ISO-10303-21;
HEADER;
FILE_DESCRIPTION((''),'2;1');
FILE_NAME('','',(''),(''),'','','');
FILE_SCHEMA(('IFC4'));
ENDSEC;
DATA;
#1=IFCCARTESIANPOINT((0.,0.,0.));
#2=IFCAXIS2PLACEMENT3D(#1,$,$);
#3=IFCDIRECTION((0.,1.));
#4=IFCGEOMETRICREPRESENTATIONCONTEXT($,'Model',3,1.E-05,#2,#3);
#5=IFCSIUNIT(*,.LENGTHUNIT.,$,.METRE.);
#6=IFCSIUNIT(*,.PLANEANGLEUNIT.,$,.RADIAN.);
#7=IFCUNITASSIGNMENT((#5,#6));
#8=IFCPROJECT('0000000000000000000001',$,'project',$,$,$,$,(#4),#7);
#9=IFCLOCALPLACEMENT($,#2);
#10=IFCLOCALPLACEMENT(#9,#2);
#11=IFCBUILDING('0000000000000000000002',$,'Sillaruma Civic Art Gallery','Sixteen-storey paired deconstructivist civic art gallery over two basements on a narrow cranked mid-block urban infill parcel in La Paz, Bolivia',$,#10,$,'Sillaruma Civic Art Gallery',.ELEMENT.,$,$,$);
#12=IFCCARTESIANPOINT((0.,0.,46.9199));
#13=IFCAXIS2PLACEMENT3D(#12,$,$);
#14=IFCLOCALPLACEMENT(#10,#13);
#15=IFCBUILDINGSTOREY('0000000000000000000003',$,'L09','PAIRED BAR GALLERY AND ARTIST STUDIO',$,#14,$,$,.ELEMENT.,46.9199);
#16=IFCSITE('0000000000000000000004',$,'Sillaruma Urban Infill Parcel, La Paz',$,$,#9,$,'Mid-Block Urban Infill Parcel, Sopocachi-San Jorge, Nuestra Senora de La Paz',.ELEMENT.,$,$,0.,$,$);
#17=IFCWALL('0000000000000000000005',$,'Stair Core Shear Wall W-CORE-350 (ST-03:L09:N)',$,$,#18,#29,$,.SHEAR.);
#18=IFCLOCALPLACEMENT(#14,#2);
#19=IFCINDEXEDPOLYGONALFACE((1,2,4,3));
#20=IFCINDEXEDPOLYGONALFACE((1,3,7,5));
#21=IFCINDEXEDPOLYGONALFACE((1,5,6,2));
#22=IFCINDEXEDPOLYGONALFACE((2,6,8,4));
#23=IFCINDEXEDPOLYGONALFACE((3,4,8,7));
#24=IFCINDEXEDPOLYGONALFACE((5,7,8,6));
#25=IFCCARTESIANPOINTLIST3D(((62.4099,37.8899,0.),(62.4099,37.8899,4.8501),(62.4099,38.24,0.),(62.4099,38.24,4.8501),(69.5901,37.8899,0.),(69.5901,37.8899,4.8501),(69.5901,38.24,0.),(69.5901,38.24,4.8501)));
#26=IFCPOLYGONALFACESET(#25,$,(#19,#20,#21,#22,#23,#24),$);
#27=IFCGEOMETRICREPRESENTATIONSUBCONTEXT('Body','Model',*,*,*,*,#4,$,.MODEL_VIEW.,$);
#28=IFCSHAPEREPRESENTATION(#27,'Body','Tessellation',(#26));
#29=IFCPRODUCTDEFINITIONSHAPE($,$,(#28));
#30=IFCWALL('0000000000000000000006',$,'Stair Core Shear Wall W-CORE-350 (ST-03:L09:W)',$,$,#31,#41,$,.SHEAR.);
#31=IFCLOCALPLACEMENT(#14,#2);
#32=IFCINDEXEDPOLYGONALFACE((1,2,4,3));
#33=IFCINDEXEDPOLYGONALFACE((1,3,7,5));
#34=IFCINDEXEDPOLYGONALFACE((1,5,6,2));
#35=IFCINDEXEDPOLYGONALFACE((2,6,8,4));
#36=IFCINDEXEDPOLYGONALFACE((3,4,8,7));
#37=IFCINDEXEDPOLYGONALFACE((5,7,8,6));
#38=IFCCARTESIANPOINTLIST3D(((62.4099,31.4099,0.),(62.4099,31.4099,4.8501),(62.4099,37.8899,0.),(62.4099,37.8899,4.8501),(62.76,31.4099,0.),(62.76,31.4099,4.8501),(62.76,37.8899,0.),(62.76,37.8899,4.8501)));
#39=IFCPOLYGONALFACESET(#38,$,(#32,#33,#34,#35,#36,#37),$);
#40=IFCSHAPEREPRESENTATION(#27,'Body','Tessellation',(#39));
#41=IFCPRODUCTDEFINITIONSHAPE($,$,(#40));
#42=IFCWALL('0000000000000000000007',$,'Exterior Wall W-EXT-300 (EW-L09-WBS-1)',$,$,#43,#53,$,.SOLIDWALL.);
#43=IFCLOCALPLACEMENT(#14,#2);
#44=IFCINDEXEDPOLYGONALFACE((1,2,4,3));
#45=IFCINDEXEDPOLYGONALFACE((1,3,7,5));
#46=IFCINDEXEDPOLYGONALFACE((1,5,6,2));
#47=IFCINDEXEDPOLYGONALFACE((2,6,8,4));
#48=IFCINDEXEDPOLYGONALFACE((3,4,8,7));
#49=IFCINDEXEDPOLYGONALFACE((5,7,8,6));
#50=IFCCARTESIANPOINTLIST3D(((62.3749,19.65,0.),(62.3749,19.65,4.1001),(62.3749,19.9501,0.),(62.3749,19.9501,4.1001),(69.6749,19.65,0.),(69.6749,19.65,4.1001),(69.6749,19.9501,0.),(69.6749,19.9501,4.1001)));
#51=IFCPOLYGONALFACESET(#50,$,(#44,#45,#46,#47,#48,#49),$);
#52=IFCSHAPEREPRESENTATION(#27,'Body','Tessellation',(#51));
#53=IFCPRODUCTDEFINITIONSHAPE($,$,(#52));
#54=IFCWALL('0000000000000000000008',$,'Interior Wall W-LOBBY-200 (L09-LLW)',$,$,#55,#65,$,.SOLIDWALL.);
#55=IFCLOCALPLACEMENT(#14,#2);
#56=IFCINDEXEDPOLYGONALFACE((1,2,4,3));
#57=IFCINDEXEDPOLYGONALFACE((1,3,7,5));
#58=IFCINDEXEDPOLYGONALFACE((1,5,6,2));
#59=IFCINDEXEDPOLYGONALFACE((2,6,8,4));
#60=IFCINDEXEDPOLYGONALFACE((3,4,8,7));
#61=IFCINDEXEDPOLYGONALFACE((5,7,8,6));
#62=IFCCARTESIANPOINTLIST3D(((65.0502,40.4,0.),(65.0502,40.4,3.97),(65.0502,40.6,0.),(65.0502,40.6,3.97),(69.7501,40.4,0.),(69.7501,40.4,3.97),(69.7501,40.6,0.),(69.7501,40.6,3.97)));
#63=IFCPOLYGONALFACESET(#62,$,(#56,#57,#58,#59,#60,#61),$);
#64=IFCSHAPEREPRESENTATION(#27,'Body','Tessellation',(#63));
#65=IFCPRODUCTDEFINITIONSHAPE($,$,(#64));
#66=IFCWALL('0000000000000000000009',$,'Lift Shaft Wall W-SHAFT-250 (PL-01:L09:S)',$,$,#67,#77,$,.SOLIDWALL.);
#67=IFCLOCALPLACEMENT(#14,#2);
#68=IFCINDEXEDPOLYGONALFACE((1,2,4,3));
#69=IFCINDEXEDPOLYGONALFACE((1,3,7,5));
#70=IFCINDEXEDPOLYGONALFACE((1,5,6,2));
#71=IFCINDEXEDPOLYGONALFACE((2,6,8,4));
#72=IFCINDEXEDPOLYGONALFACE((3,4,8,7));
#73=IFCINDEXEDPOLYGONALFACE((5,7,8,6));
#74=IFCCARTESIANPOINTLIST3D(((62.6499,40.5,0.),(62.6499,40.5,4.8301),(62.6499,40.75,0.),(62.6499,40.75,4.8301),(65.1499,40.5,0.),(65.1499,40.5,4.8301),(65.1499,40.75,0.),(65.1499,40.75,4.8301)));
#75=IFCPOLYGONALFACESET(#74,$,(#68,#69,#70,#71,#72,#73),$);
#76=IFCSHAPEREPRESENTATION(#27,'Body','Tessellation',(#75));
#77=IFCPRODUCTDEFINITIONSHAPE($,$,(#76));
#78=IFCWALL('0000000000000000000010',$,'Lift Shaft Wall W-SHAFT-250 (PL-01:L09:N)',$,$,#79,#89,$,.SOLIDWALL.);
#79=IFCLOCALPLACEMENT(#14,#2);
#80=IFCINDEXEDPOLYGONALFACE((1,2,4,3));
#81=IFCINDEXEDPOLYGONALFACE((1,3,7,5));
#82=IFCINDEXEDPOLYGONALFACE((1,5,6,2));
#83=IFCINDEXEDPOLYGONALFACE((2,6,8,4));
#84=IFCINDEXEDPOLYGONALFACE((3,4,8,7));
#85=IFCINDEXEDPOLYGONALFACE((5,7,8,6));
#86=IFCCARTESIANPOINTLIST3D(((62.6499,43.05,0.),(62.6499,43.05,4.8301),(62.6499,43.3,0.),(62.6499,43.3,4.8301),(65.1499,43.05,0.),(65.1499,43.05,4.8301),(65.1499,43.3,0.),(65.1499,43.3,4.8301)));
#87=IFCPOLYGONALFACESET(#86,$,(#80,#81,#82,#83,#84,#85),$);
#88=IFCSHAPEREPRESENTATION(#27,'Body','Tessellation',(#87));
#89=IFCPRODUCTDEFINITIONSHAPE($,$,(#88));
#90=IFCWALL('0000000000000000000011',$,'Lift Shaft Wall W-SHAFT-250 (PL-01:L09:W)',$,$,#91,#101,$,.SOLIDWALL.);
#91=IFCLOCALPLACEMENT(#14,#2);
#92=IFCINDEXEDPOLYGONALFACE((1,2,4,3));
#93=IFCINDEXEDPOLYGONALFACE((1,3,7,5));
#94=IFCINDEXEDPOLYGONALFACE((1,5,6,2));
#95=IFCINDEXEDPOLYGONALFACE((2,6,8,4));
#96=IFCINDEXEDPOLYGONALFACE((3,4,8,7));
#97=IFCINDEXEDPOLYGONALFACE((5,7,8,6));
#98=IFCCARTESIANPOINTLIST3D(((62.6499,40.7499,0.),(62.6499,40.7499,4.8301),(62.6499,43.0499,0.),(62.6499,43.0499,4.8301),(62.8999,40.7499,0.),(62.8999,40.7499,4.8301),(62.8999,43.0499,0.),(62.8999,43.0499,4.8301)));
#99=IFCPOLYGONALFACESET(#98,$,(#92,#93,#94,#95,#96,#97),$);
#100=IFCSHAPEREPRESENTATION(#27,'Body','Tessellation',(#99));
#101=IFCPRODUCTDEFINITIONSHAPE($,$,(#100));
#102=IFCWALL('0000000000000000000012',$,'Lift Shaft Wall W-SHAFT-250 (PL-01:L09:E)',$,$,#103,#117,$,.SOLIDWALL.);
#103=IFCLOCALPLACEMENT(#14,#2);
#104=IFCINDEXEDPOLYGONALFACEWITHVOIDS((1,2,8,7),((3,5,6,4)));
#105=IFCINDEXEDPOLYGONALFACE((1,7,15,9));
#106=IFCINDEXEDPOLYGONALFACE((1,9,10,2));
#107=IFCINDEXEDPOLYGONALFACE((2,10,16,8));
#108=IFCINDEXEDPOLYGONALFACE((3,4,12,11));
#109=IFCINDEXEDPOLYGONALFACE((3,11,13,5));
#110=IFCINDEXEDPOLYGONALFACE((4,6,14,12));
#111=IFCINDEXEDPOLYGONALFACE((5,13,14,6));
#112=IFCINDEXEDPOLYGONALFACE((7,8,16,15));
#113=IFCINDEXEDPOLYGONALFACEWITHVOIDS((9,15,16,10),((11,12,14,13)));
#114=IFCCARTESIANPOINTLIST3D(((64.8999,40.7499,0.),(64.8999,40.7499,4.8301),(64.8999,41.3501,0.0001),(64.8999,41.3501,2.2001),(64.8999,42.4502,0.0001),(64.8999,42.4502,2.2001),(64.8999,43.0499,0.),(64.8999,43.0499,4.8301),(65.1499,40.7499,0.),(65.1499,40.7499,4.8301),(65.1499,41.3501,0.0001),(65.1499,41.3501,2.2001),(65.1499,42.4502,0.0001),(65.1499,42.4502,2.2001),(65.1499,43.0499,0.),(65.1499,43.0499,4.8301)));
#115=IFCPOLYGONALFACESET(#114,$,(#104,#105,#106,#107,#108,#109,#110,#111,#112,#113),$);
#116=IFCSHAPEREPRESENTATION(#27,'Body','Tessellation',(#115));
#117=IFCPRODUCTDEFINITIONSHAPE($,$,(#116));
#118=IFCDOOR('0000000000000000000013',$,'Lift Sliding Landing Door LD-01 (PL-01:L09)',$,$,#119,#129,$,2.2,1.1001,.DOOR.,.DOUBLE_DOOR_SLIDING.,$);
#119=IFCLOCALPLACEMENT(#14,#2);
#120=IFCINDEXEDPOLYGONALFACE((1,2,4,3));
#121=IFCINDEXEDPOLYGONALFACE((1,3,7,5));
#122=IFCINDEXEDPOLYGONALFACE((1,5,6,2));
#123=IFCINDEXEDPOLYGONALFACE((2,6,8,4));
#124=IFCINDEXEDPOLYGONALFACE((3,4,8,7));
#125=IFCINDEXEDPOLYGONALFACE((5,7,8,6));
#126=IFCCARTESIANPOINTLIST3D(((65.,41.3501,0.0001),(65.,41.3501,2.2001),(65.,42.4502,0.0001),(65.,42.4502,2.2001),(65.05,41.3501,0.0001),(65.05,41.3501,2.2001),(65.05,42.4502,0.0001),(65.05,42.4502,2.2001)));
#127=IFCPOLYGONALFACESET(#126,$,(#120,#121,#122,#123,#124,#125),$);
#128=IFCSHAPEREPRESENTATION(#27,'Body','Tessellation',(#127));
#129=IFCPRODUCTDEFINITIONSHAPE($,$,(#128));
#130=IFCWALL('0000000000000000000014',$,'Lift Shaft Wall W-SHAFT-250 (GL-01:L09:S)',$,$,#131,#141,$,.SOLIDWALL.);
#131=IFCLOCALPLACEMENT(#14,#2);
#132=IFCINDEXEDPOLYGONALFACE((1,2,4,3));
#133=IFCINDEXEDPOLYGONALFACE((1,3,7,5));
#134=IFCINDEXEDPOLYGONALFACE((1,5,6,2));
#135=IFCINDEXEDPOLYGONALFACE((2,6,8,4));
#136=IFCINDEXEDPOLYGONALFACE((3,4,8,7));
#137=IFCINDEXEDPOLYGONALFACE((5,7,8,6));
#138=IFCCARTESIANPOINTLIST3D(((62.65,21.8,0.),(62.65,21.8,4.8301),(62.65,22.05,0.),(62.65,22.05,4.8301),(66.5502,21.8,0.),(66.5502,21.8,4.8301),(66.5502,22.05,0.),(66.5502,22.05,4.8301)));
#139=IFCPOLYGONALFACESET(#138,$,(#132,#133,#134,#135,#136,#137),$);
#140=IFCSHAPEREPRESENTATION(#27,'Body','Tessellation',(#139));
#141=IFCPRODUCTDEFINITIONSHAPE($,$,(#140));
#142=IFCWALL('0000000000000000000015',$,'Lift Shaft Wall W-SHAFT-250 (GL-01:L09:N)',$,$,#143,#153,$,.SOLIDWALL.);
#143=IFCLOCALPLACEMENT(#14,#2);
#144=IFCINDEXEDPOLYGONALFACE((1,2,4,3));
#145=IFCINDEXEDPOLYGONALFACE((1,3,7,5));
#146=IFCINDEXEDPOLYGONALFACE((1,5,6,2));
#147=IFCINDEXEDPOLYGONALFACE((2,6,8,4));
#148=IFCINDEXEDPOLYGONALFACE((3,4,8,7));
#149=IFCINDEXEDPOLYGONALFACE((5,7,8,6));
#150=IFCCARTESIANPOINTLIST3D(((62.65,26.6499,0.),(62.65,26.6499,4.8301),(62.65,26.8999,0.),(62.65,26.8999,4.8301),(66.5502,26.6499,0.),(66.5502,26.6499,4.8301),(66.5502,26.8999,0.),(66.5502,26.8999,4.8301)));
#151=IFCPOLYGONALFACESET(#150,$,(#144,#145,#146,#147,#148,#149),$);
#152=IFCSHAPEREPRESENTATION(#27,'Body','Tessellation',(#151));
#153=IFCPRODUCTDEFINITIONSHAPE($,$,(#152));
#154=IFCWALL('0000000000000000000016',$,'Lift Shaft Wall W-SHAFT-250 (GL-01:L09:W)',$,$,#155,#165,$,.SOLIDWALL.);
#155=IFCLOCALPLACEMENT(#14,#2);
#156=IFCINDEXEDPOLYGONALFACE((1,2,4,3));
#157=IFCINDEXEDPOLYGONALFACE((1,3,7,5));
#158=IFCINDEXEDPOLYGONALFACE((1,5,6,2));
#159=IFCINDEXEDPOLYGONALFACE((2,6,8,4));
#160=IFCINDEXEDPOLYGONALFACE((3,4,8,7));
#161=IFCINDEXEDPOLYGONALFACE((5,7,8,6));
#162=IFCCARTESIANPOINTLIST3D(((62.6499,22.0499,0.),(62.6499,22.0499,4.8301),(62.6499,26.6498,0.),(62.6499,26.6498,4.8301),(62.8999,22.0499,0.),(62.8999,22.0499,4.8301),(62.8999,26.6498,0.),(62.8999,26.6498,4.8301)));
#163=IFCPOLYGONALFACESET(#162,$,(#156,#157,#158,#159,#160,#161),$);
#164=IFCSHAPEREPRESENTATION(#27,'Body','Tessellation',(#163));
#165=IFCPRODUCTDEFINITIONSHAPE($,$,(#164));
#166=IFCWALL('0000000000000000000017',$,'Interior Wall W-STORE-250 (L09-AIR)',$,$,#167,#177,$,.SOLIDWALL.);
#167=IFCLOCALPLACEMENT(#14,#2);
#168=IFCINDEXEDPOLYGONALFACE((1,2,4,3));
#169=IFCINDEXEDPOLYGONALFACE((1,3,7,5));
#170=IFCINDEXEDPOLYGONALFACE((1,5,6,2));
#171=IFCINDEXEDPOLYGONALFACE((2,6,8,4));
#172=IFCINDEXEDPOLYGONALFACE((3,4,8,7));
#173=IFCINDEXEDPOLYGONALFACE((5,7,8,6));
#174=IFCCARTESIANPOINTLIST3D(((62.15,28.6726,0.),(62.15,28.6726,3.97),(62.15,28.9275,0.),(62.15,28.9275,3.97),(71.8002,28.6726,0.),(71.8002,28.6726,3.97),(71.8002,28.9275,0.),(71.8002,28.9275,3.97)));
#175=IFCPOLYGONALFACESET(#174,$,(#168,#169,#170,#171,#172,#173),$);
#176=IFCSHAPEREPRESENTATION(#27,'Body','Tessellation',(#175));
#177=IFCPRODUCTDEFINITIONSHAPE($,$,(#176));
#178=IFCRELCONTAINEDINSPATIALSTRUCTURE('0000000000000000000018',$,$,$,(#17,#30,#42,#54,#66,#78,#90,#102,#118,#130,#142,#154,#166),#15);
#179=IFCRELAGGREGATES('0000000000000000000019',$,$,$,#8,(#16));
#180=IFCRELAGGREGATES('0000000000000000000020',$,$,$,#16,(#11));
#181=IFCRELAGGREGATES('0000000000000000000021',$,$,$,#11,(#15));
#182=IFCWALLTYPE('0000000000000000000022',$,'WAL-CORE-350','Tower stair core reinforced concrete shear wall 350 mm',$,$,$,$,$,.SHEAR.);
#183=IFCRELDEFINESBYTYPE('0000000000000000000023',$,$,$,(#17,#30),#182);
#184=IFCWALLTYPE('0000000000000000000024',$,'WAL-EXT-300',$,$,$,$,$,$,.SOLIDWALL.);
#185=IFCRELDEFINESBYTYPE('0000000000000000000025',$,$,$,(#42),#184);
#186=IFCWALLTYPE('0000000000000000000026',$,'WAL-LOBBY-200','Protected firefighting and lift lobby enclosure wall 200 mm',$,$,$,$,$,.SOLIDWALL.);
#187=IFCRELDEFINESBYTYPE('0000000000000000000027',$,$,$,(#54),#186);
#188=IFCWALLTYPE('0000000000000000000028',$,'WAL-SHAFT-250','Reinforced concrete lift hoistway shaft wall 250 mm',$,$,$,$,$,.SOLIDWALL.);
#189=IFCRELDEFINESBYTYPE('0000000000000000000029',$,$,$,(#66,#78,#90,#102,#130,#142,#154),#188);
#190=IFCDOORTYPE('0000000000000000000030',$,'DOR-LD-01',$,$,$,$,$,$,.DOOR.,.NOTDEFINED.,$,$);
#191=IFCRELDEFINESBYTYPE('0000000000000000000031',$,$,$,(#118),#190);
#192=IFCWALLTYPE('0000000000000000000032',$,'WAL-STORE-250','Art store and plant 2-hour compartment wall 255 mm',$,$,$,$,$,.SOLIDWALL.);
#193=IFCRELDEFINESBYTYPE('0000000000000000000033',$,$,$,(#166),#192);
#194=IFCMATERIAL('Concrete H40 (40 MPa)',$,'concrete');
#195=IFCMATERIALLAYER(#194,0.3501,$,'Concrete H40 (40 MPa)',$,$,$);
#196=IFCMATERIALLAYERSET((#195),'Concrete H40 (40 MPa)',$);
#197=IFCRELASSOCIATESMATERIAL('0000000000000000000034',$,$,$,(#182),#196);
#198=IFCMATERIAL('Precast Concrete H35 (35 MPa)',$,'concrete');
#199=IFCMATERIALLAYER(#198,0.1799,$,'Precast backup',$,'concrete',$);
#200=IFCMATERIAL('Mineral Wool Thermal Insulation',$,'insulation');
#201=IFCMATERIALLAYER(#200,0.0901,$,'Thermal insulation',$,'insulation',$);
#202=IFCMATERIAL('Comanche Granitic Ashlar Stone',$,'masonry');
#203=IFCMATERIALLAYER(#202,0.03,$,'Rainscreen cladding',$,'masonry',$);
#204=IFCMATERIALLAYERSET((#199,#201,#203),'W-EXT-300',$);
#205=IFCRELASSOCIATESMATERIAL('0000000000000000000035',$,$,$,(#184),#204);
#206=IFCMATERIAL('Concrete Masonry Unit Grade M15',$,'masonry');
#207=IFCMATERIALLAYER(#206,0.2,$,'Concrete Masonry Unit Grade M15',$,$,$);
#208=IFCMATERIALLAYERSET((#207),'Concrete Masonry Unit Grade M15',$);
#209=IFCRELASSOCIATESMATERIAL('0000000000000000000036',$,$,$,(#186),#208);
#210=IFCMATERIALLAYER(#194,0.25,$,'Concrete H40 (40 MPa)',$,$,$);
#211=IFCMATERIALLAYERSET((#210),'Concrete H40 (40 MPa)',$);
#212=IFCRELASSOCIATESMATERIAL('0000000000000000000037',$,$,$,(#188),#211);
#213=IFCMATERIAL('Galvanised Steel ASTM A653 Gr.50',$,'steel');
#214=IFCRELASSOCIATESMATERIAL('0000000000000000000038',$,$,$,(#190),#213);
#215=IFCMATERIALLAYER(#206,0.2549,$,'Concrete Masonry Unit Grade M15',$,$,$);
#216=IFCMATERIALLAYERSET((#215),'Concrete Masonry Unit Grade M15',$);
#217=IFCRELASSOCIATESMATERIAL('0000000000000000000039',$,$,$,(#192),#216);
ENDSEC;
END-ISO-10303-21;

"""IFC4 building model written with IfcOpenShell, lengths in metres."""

from ifc_helpers import new_model, si_unit, direction, frame, frame_2d, origin, place, context, subcontext, project, spatial, rectangle, extrude, material, layer, layer_set, type_object, element, fill, save


model = new_model("IFC4")

# Units and contexts
model_context = context("Model", 3, precision=1e-05, world=origin(), true_north=direction((0.0, 1.0)))
body_context = subcontext(model_context, "Body", "Model", "MODEL_VIEW")
ifc_project = project(units=[si_unit("LENGTHUNIT", "METRE"), si_unit("PLANEANGLEUNIT", "RADIAN")], contexts=[model_context])

# Site, building, storey
site_placement = place(None, origin())
site = spatial("IfcSite", under=ifc_project, at=site_placement, Name="Sillaruma Urban Infill Parcel, La Paz", LongName="Mid-Block Urban Infill Parcel, Sopocachi-San Jorge, Nuestra Senora de La Paz", CompositionType="ELEMENT", RefElevation=0.0)
building_placement = place(site_placement, origin())
building = spatial("IfcBuilding", under=site, at=building_placement, Name="Sillaruma Civic Art Gallery", Description="Sixteen-storey paired deconstructivist civic art gallery over two basements on a narrow cranked mid-block urban infill parcel in La Paz, Bolivia", LongName="Sillaruma Civic Art Gallery", CompositionType="ELEMENT")
storey_placement = place(building_placement, frame((0.0, 0.0, 46.9199)))
storey = spatial("IfcBuildingStorey", under=building, at=storey_placement, Name="L09", Description="PAIRED BAR GALLERY AND ARTIST STUDIO", CompositionType="ELEMENT", Elevation=46.9199)

# Shared definitions
ifc_material_1 = material(Name="Concrete H40 (40 MPa)", Category="concrete")
ifc_layer_1 = layer(ifc_material_1, 0.3501, Name="Concrete H40 (40 MPa)")
ifc_layer_set_1 = layer_set([ifc_layer_1], Name="Concrete H40 (40 MPa)")
wall_type_1 = type_object("IfcWallType", Name="WAL-CORE-350", Description="Tower stair core reinforced concrete shear wall 350 mm", PredefinedType="SHEAR", material=ifc_layer_set_1)
ifc_material_2 = material(Name="Galvanised Steel ASTM A653 Gr.50", Category="steel")

# Walls
wall_1_placement = place(storey_placement, frame((62.4099, 38.0649, 0.0), z_axis=(0.0, 0.0, 1.0), x_axis=(1.0, 0.0, 0.0)))
element("IfcWall", 1, at=wall_1_placement, inside=storey, type_object=wall_type_1, Name="Stair Core Shear Wall W-CORE-350 (ST-03:L09:N)", PredefinedType="SHEAR", context=body_context, shape_type="SweptSolid", body=[
    extrude(rectangle(XDim=7.1802, YDim=0.3501, at=frame_2d((3.5901, 0.0))), origin(), (0.0, 0.0, 1.0), 4.8501),
])
wall_2_placement = place(storey_placement, frame((62.585, 31.4099, 0.0), z_axis=(0.0, 0.0, 1.0), x_axis=(0.0, 1.0, 0.0)))
element("IfcWall", 2, at=wall_2_placement, inside=storey, type_object=wall_type_1, Name="Stair Core Shear Wall W-CORE-350 (ST-03:L09:W)", PredefinedType="SHEAR", context=body_context, shape_type="SweptSolid", body=[
    extrude(rectangle(XDim=6.48, YDim=0.3501, at=frame_2d((3.24, 0.0))), origin(), (0.0, 0.0, 1.0), 4.8501),
])
ifc_material_3 = material(Name="Precast Concrete H35 (35 MPa)", Category="concrete")
ifc_layer_2 = layer(ifc_material_3, 0.1799, Name="Precast backup", Category="concrete")
ifc_material_4 = material(Name="Mineral Wool Thermal Insulation", Category="insulation")
ifc_layer_3 = layer(ifc_material_4, 0.0901, Name="Thermal insulation", Category="insulation")
ifc_material_5 = material(Name="Comanche Granitic Ashlar Stone", Category="masonry")
ifc_layer_4 = layer(ifc_material_5, 0.03, Name="Rainscreen cladding", Category="masonry")
ifc_layer_set_2 = layer_set([ifc_layer_2, ifc_layer_3, ifc_layer_4], Name="W-EXT-300")
wall_type_2 = type_object("IfcWallType", Name="WAL-EXT-300", PredefinedType="SOLIDWALL", material=ifc_layer_set_2)
wall_3_placement = place(storey_placement, frame((62.375, 19.8, 0.0), z_axis=(0.0, 0.0, 1.0), x_axis=(1.0, 0.0, 0.0)))
element("IfcWall", 3, at=wall_3_placement, inside=storey, type_object=wall_type_2, Name="Exterior Wall W-EXT-300 (EW-L09-WBS-1)", PredefinedType="SOLIDWALL", context=body_context, shape_type="SweptSolid", body=[
    extrude(rectangle(XDim=7.3, YDim=0.3, at=frame_2d((3.6499, 0.0))), origin(), (0.0, 0.0, 1.0), 4.1001),
])
ifc_material_6 = material(Name="Concrete Masonry Unit Grade M15", Category="masonry")
ifc_layer_5 = layer(ifc_material_6, 0.2, Name="Concrete Masonry Unit Grade M15")
ifc_layer_set_3 = layer_set([ifc_layer_5], Name="Concrete Masonry Unit Grade M15")
wall_type_3 = type_object("IfcWallType", Name="WAL-LOBBY-200", Description="Protected firefighting and lift lobby enclosure wall 200 mm", PredefinedType="SOLIDWALL", material=ifc_layer_set_3)
wall_4_placement = place(storey_placement, frame((65.05, 40.5, 0.0), z_axis=(0.0, 0.0, 1.0), x_axis=(1.0, 0.0, 0.0)))
element("IfcWall", 4, at=wall_4_placement, inside=storey, type_object=wall_type_3, Name="Interior Wall W-LOBBY-200 (L09-LLW)", PredefinedType="SOLIDWALL", context=body_context, shape_type="SweptSolid", body=[
    extrude(rectangle(XDim=4.7, YDim=0.2, at=frame_2d((2.3501, 0.0))), origin(), (0.0, 0.0, 1.0), 3.97),
])
ifc_layer_6 = layer(ifc_material_1, 0.25, Name="Concrete H40 (40 MPa)")
ifc_layer_set_4 = layer_set([ifc_layer_6], Name="Concrete H40 (40 MPa)")
wall_type_4 = type_object("IfcWallType", Name="WAL-SHAFT-250", Description="Reinforced concrete lift hoistway shaft wall 250 mm", PredefinedType="SOLIDWALL", material=ifc_layer_set_4)
for number, where, z_axis, x_axis, name in (
    (5, (62.6499, 40.625, 0.0), (0.0, 0.0, 1.0), (1.0, 0.0, 0.0), "Lift Shaft Wall W-SHAFT-250 (PL-01:L09:S)"),
    (6, (62.6499, 43.175, 0.0), (0.0, 0.0, 1.0), (1.0, 0.0, 0.0), "Lift Shaft Wall W-SHAFT-250 (PL-01:L09:N)"),
):
    element("IfcWall", number, at=place(storey_placement, frame(where, z_axis=z_axis, x_axis=x_axis)), inside=storey, type_object=wall_type_4, Name=name, PredefinedType="SOLIDWALL", context=body_context, shape_type="SweptSolid", body=[
        extrude(rectangle(XDim=2.5, YDim=0.25, at=frame_2d((1.25, 0.0))), origin(), (0.0, 0.0, 1.0), 4.8301),
    ])
wall_5_placement = place(storey_placement, frame((62.7749, 40.75, 0.0), z_axis=(0.0, 0.0, 1.0), x_axis=(0.0, 1.0, 0.0)))
element("IfcWall", 7, at=wall_5_placement, inside=storey, type_object=wall_type_4, Name="Lift Shaft Wall W-SHAFT-250 (PL-01:L09:W)", PredefinedType="SOLIDWALL", context=body_context, shape_type="SweptSolid", body=[
    extrude(rectangle(XDim=2.3, YDim=0.25, at=frame_2d((1.1499, 0.0))), origin(), (0.0, 0.0, 1.0), 4.8301),
])

# Wall, opening, door
wall_6_placement = place(storey_placement, frame((65.0249, 40.75, 0.0), z_axis=(0.0, 0.0, 1.0), x_axis=(0.0, 1.0, 0.0)))
wall_6 = element("IfcWall", 8, at=wall_6_placement, inside=storey, type_object=wall_type_4, Name="Lift Shaft Wall W-SHAFT-250 (PL-01:L09:E)", PredefinedType="SOLIDWALL", context=body_context, shape_type="SweptSolid", body=[
    extrude(rectangle(XDim=2.3, YDim=0.25, at=frame_2d((1.1499, 0.0))), origin(), (0.0, 0.0, 1.0), 4.8301),
])
opening_1_placement = place(wall_6_placement, frame((0.6001, 0.0, 0.0)))
opening_1 = element("IfcOpeningElement", 9, at=opening_1_placement, cuts=wall_6, PredefinedType="OPENING", context=body_context, shape_type="SweptSolid", body=[
    extrude(rectangle(XDim=1.1001, YDim=2.2, at=frame_2d((0.55, 1.1001))), frame((0.0, 0.135, 0.0), z_axis=(0.0, -1.0, 0.0), x_axis=(1.0, 0.0, 0.0)), (0.0, 0.0, 1.0), 0.27),
])
door_type_1 = type_object("IfcDoorType", Name="DOR-LD-01", OperationType="NOTDEFINED", PredefinedType="DOOR", material=ifc_material_2)
door_1_placement = place(opening_1_placement, origin())
door_1 = element("IfcDoor", 10, at=door_1_placement, inside=storey, type_object=door_type_1, Name="Lift Sliding Landing Door LD-01 (PL-01:L09)", OperationType="DOUBLE_DOOR_SLIDING", OverallHeight=2.2, OverallWidth=1.1001, PredefinedType="DOOR", context=body_context, shape_type="SweptSolid", body=[
    extrude(rectangle(XDim=1.1001, YDim=2.2, at=frame_2d((0.55, 1.1001))), frame((0.0, 0.0249, 0.0), z_axis=(0.0, -1.0, 0.0), x_axis=(1.0, 0.0, 0.0)), (0.0, 0.0, 1.0), 0.05),
])
fill(opening_1, door_1)

# Walls
for number, where, z_axis, x_axis, name in (
    (11, (62.6499, 21.925, 0.0), (0.0, 0.0, 1.0), (1.0, 0.0, 0.0), "Lift Shaft Wall W-SHAFT-250 (GL-01:L09:S)"),
    (12, (62.6499, 26.7749, 0.0), (0.0, 0.0, 1.0), (1.0, 0.0, 0.0), "Lift Shaft Wall W-SHAFT-250 (GL-01:L09:N)"),
):
    element("IfcWall", number, at=place(storey_placement, frame(where, z_axis=z_axis, x_axis=x_axis)), inside=storey, type_object=wall_type_4, Name=name, PredefinedType="SOLIDWALL", context=body_context, shape_type="SweptSolid", body=[
        extrude(rectangle(XDim=3.9001, YDim=0.25, at=frame_2d((1.9502, 0.0))), origin(), (0.0, 0.0, 1.0), 4.8301),
    ])
wall_7_placement = place(storey_placement, frame((62.7749, 22.05, 0.0), z_axis=(0.0, 0.0, 1.0), x_axis=(0.0, 1.0, 0.0)))
element("IfcWall", 13, at=wall_7_placement, inside=storey, type_object=wall_type_4, Name="Lift Shaft Wall W-SHAFT-250 (GL-01:L09:W)", PredefinedType="SOLIDWALL", context=body_context, shape_type="SweptSolid", body=[
    extrude(rectangle(XDim=4.5999, YDim=0.25, at=frame_2d((2.2998, 0.0))), origin(), (0.0, 0.0, 1.0), 4.8301),
])

# Wall
ifc_layer_7 = layer(ifc_material_6, 0.2549, Name="Concrete Masonry Unit Grade M15")
ifc_layer_set_5 = layer_set([ifc_layer_7], Name="Concrete Masonry Unit Grade M15")
wall_type_5 = type_object("IfcWallType", Name="WAL-STORE-250", Description="Art store and plant 2-hour compartment wall 255 mm", PredefinedType="SOLIDWALL", material=ifc_layer_set_5)
wall_8_placement = place(storey_placement, frame((62.1499, 28.8, 0.0), z_axis=(0.0, 0.0, 1.0), x_axis=(1.0, 0.0, 0.0)))
element("IfcWall", 14, at=wall_8_placement, inside=storey, type_object=wall_type_5, Name="Interior Wall W-STORE-250 (L09-AIR)", PredefinedType="SOLIDWALL", context=body_context, shape_type="SweptSolid", body=[
    extrude(rectangle(XDim=9.6501, YDim=0.2549, at=frame_2d((4.8252, 0.0))), origin(), (0.0, 0.0, 1.0), 3.97),
])

save(model, "model.ifc")
